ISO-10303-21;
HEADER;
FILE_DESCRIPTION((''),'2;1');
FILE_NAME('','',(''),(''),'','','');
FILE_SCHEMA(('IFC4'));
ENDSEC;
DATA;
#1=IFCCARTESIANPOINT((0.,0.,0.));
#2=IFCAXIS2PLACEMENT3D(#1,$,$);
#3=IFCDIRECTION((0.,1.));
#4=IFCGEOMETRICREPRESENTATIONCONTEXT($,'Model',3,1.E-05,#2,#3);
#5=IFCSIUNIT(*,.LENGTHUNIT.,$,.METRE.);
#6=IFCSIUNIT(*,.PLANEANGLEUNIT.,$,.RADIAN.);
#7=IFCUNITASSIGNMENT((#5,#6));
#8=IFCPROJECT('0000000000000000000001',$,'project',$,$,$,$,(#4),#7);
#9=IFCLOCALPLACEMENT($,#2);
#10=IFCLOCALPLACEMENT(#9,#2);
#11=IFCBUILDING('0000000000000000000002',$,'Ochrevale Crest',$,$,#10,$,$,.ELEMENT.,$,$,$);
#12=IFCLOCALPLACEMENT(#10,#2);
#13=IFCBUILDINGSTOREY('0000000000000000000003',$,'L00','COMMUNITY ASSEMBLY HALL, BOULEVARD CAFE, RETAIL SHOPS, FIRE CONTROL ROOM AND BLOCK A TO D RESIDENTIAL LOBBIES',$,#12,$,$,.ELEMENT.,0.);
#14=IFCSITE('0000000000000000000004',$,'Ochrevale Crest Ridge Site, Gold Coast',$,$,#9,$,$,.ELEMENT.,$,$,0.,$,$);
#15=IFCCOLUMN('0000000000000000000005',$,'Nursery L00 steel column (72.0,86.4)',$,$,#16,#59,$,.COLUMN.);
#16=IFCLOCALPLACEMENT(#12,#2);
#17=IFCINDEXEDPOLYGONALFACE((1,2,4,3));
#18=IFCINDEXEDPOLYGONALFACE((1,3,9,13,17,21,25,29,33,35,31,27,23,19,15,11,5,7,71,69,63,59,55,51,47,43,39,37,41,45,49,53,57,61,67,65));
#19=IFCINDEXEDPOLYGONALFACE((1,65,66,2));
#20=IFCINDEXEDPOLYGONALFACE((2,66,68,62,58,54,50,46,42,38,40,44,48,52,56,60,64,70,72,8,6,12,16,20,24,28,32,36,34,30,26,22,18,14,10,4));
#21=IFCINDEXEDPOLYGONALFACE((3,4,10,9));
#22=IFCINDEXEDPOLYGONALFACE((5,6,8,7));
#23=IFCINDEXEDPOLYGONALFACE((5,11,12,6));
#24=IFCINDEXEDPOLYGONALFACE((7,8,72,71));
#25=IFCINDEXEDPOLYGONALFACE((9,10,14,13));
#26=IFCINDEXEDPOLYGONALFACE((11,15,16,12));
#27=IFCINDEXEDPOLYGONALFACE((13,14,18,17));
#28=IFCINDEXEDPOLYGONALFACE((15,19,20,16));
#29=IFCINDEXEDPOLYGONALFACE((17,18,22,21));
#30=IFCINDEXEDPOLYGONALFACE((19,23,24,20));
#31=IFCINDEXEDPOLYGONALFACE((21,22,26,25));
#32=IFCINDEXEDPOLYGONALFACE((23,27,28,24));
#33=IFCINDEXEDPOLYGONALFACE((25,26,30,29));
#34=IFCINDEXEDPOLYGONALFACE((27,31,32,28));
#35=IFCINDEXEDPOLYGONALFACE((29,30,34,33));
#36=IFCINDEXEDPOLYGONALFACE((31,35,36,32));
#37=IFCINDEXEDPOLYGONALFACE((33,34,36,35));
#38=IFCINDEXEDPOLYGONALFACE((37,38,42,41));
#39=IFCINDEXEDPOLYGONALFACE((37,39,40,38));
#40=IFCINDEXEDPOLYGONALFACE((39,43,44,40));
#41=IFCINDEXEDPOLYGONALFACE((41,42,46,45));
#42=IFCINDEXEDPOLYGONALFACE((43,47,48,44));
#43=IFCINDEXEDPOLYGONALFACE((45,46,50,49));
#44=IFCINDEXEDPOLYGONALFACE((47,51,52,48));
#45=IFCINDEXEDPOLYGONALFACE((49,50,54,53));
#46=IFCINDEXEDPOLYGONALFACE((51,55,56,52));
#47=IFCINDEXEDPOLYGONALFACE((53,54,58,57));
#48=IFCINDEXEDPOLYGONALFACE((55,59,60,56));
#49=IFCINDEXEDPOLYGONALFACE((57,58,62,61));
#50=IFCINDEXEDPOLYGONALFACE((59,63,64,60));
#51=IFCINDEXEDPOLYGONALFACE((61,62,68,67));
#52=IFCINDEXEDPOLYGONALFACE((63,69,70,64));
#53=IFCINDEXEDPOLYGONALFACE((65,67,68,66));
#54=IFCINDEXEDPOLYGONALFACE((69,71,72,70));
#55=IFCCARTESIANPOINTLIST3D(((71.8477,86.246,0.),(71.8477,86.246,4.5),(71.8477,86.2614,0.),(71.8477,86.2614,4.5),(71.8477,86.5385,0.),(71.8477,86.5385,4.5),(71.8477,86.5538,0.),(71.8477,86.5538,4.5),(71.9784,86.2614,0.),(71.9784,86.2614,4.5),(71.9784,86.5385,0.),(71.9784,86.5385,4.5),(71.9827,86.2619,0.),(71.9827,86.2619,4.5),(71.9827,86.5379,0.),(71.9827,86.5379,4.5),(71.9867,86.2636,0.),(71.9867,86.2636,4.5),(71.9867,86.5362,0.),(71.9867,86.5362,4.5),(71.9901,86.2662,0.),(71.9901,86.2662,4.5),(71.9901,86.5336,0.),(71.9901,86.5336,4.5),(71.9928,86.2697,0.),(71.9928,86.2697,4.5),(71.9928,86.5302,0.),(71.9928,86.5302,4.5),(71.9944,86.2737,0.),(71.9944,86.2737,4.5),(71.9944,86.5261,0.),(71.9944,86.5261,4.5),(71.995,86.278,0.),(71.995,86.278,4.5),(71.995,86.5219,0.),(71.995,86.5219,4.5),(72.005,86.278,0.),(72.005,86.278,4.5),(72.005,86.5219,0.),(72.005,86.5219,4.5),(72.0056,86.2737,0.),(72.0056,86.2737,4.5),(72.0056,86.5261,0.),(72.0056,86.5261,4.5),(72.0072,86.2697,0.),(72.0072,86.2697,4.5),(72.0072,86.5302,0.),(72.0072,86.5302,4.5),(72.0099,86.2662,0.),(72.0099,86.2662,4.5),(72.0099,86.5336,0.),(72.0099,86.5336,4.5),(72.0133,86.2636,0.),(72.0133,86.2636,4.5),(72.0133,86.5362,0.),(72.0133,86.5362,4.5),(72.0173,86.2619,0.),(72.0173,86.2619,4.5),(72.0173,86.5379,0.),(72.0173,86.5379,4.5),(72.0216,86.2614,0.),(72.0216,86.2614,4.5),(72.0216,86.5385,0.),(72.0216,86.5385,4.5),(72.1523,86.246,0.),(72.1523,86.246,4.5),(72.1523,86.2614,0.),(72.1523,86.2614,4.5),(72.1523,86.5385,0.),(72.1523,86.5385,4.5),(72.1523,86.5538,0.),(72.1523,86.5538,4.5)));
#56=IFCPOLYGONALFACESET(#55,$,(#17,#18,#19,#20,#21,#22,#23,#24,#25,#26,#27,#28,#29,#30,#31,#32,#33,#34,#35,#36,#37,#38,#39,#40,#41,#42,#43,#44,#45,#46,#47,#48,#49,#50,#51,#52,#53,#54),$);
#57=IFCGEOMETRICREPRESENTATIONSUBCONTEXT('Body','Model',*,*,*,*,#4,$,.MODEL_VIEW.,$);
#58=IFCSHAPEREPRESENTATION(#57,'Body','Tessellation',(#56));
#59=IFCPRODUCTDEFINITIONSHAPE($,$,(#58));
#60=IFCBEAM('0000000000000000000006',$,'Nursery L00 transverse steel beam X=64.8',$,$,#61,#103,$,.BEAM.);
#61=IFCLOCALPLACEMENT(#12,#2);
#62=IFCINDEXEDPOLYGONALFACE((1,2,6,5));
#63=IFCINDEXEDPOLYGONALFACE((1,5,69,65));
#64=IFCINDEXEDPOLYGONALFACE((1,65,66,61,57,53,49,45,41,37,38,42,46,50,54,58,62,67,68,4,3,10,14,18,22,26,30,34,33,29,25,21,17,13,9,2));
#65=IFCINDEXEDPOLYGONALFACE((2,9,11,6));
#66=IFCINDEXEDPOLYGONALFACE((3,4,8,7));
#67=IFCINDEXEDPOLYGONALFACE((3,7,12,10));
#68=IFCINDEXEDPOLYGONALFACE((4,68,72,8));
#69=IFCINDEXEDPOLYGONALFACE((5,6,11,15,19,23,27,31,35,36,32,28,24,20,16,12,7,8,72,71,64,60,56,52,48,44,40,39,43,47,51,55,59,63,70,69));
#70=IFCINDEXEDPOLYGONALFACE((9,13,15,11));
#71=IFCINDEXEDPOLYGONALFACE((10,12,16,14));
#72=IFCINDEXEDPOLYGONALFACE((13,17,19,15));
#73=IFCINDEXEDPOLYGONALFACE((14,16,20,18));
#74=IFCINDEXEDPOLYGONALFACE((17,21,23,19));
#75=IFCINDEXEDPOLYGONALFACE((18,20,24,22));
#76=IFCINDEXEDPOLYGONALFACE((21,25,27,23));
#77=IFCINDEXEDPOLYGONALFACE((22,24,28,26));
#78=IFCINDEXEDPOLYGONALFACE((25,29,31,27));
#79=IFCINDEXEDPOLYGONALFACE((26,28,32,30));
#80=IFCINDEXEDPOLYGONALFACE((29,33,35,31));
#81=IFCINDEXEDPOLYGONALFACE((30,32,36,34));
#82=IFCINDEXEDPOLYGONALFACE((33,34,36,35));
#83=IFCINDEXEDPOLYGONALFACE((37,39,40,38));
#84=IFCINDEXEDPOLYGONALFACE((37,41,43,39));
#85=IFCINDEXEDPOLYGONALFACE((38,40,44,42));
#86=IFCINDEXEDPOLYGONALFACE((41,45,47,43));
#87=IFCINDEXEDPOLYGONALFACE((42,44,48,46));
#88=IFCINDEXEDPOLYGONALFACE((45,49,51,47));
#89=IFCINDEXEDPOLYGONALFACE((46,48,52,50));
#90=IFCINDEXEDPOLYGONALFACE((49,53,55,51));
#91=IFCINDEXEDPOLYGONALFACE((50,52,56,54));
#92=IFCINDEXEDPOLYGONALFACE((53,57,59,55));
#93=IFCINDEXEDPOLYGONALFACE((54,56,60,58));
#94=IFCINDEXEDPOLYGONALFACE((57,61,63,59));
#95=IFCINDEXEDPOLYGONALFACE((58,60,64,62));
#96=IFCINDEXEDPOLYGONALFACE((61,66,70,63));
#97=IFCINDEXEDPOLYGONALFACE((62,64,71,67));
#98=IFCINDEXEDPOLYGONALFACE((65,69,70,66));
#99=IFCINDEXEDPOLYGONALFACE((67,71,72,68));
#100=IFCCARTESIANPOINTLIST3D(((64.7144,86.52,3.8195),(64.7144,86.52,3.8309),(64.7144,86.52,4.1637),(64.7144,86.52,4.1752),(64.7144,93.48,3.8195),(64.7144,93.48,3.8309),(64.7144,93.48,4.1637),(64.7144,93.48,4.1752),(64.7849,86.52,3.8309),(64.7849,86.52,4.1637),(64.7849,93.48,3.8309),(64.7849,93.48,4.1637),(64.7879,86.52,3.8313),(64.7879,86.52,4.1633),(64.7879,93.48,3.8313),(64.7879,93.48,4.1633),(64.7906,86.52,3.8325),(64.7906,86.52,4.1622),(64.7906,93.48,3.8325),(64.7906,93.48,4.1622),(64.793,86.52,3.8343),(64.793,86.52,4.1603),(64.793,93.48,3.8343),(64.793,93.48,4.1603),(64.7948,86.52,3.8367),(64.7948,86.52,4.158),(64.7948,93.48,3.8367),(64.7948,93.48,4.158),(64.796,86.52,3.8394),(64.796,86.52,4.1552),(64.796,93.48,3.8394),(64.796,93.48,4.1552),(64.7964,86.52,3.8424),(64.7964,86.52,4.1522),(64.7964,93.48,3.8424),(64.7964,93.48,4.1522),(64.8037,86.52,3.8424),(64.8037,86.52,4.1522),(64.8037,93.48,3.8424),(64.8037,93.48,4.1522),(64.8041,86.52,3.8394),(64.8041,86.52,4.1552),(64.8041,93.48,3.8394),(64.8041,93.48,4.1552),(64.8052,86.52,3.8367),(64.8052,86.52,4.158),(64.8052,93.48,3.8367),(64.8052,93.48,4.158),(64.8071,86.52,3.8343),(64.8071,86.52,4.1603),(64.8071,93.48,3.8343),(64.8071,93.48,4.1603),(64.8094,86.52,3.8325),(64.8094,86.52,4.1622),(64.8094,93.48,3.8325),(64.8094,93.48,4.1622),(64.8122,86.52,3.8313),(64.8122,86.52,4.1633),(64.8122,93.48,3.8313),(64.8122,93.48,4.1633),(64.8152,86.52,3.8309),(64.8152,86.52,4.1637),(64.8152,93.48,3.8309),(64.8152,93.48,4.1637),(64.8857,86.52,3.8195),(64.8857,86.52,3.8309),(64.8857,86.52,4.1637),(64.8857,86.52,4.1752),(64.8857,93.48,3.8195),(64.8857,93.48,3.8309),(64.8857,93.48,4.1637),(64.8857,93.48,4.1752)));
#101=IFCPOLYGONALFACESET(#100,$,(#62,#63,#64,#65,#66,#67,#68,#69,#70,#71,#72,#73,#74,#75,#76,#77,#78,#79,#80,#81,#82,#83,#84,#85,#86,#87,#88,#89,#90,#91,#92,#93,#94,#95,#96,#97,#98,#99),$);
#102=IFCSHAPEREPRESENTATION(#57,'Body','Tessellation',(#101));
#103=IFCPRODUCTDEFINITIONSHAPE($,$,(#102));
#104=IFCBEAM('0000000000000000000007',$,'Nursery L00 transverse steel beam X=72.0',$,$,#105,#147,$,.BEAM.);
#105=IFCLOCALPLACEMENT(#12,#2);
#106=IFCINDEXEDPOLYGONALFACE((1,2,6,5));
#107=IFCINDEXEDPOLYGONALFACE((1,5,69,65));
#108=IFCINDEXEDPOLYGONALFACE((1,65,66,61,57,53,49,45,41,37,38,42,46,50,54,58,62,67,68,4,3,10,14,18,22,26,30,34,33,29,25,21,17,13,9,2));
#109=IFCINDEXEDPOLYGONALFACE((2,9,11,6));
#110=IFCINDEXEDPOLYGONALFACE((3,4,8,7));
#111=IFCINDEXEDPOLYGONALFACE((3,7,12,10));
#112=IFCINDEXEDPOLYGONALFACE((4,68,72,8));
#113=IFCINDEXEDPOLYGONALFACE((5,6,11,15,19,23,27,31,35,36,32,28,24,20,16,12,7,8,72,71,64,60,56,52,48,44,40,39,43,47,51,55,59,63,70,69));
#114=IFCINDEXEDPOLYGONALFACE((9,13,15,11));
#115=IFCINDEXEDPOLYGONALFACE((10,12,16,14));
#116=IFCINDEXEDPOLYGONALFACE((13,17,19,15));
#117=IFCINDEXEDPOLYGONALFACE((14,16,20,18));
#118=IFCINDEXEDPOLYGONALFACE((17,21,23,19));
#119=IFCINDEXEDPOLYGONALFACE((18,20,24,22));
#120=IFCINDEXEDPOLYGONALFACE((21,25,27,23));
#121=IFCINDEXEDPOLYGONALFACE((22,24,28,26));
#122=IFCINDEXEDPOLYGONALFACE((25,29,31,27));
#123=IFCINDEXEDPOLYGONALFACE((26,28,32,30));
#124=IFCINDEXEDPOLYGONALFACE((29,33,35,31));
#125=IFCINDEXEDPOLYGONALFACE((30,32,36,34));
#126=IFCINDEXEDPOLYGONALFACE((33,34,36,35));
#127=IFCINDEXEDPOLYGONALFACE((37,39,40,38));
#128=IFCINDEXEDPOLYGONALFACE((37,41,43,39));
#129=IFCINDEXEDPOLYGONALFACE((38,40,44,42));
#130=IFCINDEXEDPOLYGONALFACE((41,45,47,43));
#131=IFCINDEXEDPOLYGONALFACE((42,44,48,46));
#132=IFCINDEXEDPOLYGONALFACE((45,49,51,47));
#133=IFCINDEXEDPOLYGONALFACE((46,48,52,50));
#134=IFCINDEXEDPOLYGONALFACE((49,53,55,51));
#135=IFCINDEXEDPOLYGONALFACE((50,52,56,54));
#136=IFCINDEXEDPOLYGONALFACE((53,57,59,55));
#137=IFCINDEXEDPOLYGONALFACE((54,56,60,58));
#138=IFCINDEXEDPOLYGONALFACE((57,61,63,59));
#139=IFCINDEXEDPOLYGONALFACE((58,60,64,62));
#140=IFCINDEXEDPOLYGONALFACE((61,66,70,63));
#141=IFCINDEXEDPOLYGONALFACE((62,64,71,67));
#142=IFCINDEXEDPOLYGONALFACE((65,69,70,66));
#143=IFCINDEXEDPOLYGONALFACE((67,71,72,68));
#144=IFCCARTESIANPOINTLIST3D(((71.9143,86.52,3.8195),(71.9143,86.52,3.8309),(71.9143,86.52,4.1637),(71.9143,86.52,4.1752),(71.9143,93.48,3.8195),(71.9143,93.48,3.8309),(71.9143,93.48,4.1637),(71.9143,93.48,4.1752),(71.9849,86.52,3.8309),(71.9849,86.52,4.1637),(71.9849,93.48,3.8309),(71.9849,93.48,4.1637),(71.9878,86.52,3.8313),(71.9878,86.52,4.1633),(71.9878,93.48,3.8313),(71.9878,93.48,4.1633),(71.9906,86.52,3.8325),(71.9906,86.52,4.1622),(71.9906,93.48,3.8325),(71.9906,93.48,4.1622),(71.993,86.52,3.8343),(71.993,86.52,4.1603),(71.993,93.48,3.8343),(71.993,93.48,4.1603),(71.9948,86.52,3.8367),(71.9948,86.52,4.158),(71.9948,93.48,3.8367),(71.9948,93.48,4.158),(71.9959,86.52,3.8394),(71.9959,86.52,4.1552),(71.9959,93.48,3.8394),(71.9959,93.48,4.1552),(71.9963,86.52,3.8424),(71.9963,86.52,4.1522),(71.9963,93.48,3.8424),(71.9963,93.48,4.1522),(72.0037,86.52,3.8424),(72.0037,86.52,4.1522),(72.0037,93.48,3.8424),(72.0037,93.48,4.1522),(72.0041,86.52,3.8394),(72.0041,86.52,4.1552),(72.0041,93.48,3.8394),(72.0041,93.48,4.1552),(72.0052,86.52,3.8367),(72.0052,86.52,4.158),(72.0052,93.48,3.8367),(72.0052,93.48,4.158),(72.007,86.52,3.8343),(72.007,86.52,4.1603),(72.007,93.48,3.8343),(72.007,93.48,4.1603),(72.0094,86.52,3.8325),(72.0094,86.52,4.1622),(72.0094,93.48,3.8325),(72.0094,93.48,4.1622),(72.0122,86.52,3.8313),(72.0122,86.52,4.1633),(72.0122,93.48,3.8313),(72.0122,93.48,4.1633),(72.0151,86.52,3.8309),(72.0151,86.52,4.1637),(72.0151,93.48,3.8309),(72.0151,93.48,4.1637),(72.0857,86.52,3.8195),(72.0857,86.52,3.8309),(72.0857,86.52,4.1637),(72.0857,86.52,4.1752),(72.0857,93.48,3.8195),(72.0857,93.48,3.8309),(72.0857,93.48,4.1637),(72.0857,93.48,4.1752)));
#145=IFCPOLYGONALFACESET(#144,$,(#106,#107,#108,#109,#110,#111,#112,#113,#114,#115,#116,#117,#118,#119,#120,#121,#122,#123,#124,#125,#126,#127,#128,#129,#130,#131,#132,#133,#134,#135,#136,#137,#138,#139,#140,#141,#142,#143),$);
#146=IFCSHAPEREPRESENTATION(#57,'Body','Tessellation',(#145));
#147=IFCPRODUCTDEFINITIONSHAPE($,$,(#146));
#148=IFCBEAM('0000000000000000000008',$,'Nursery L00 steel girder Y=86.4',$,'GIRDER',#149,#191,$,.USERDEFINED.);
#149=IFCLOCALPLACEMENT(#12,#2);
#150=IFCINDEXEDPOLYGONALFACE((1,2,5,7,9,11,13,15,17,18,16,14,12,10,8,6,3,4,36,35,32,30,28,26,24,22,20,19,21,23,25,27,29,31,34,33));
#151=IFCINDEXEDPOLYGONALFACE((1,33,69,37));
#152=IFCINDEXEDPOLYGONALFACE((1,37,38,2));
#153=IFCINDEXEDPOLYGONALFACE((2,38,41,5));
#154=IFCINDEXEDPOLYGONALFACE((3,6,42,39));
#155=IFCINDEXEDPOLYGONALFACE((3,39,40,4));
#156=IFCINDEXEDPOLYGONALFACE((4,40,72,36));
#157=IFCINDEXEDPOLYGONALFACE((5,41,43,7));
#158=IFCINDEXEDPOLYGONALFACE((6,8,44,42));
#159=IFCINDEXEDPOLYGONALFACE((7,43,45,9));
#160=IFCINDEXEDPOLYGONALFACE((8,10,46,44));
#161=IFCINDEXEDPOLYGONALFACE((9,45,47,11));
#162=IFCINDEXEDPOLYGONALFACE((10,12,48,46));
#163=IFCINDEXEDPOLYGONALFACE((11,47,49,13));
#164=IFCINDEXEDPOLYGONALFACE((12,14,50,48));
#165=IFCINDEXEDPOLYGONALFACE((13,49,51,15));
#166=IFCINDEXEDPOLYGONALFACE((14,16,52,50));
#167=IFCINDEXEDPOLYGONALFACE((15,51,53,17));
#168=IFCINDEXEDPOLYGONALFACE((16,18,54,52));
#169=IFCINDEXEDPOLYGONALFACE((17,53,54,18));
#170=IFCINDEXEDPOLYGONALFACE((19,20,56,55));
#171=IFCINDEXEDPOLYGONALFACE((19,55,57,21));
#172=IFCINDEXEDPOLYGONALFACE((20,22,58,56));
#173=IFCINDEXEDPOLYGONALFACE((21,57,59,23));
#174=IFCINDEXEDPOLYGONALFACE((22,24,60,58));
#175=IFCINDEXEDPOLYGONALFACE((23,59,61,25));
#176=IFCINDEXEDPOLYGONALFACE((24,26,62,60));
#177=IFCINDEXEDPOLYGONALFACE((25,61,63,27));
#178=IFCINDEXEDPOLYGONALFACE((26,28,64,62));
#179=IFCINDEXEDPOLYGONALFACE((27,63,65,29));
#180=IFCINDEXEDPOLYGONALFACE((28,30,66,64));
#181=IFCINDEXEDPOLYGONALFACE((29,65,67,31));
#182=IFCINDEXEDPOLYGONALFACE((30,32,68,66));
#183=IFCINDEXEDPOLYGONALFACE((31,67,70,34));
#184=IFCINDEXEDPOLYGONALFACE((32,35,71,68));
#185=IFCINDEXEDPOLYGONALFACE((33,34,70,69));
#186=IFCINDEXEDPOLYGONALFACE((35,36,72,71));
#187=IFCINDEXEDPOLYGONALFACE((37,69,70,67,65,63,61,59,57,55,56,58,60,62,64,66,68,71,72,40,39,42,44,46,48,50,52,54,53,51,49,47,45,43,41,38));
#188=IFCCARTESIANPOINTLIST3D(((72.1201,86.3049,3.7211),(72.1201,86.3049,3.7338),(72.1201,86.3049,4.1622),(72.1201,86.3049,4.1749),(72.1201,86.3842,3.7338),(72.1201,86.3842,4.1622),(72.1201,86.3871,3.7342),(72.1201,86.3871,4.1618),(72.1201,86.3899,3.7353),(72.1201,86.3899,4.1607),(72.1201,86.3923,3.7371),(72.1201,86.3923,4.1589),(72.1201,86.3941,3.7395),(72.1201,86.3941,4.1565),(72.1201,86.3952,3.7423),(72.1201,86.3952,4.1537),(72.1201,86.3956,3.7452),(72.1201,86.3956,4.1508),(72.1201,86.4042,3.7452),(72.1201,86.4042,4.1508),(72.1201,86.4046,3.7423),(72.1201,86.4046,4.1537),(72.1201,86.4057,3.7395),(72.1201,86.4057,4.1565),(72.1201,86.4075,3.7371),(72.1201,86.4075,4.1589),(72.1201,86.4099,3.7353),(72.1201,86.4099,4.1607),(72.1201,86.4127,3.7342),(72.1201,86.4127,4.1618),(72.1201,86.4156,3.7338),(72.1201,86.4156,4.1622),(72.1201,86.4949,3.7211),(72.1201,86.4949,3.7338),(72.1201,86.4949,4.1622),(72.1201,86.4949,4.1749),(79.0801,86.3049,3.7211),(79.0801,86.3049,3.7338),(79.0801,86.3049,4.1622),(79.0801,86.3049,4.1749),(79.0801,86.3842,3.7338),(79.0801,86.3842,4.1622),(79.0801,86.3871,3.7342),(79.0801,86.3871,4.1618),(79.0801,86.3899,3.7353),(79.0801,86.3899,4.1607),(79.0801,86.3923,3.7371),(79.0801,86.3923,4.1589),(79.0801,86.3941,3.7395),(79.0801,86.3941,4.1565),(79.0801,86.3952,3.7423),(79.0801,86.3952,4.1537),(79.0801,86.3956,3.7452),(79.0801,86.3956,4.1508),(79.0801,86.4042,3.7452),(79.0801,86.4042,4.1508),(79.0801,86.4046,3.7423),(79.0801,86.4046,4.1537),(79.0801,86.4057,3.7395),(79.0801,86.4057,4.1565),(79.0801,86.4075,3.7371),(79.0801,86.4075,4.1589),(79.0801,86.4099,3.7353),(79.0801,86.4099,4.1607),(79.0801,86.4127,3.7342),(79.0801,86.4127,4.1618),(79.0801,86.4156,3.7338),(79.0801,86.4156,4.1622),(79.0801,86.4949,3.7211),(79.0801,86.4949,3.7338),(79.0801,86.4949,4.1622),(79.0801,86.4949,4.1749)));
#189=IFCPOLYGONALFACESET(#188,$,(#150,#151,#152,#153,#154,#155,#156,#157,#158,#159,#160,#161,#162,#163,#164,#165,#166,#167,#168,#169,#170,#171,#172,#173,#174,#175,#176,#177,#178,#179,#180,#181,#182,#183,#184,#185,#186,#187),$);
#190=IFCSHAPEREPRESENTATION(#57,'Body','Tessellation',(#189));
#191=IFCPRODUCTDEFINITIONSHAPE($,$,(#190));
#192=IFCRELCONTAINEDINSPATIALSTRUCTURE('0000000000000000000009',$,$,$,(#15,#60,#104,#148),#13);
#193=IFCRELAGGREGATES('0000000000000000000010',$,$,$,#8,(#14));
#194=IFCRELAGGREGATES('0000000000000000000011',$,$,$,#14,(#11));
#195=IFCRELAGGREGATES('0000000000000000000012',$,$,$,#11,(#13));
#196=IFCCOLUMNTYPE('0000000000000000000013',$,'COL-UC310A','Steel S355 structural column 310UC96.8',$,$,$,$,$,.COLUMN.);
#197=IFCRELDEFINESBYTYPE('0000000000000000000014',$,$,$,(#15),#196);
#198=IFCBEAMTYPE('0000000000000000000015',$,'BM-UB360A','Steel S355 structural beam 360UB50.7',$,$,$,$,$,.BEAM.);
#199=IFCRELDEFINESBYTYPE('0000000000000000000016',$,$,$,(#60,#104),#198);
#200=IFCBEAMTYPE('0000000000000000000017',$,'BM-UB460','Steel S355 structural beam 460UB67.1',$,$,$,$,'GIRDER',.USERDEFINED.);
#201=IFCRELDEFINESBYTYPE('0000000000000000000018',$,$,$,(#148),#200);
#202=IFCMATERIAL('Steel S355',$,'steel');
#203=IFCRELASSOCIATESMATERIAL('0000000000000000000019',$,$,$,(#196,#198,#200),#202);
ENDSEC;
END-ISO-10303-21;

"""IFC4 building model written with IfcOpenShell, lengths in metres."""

from ifc_helpers import new_model, si_unit, direction, frame, origin, origin_2d, place, context, subcontext, project, spatial, i_section, extrude, material, material_profile, profile_set, type_object, element, save


model = new_model("IFC4")

# Units and contexts
model_context = context("Model", 3, precision=1e-05, world=origin(), true_north=direction((0.0, 1.0)))
body_context = subcontext(model_context, "Body", "Model", "MODEL_VIEW")
ifc_project = project(units=[si_unit("LENGTHUNIT", "METRE"), si_unit("PLANEANGLEUNIT", "RADIAN")], contexts=[model_context])

# Site, building, storey
site_placement = place(None, origin())
site = spatial("IfcSite", under=ifc_project, at=site_placement, Name="Ochrevale Crest Ridge Site, Gold Coast", CompositionType="ELEMENT", RefElevation=0.0)
building_placement = place(site_placement, origin())
building = spatial("IfcBuilding", under=site, at=building_placement, Name="Ochrevale Crest", CompositionType="ELEMENT")
storey_placement = place(building_placement, origin())
storey = spatial("IfcBuildingStorey", under=building, at=storey_placement, Name="L00", Description="COMMUNITY ASSEMBLY HALL, BOULEVARD CAFE, RETAIL SHOPS, FIRE CONTROL ROOM AND BLOCK A TO D RESIDENTIAL LOBBIES", CompositionType="ELEMENT", Elevation=0.0)

# Column
ifc_material_1 = material(Name="Steel S355", Category="steel")
ifc_material_profile_1 = material_profile(ifc_material_1, i_section(OverallWidth=0.3047, OverallDepth=0.3079, WebThickness=0.01, FlangeThickness=0.0154, FilletRadius=0.0166, at=origin_2d()), Name="310UC96.8")
ifc_profile_set_1 = profile_set([ifc_material_profile_1], Name="Steel S355")
column_type_1 = type_object("IfcColumnType", Name="COL-UC310A", Description="Steel S355 structural column 310UC96.8", PredefinedType="COLUMN", material=ifc_profile_set_1)
column_placement = place(storey_placement, frame((72.0, 86.3999, 0.0), z_axis=(0.0, 0.0, 1.0), x_axis=(1.0, 0.0, 0.0)))
element("IfcColumn", 1, at=column_placement, inside=storey, type_object=column_type_1, Name="Nursery L00 steel column (72.0,86.4)", PredefinedType="COLUMN", context=body_context, shape_type="SweptSolid", body=[
    extrude(i_section(OverallWidth=0.3047, OverallDepth=0.3079, WebThickness=0.01, FlangeThickness=0.0154, FilletRadius=0.0166, at=origin_2d()), origin(), (0.0, 0.0, 1.0), 4.5),
])

# Beams
ifc_material_profile_2 = material_profile(ifc_material_1, i_section(OverallWidth=0.1714, OverallDepth=0.3557, WebThickness=0.0073, FlangeThickness=0.0115, FilletRadius=0.0115, at=origin_2d()), Name="360UB50.7")
ifc_profile_set_2 = profile_set([ifc_material_profile_2], Name="Steel S355")
beam_type_1 = type_object("IfcBeamType", Name="BM-UB360A", Description="Steel S355 structural beam 360UB50.7", PredefinedType="BEAM", material=ifc_profile_set_2)
for number, where, z_axis, x_axis, name in (
    (2, (64.8, 86.52, 3.9973), (0.0, 1.0, 0.0), (-1.0, 0.0, 0.0), "Nursery L00 transverse steel beam X=64.8"),
    (3, (72.0, 86.52, 3.9973), (0.0, 1.0, 0.0), (-1.0, 0.0, 0.0), "Nursery L00 transverse steel beam X=72.0"),
):
    element("IfcBeam", number, at=place(storey_placement, frame(where, z_axis=z_axis, x_axis=x_axis)), inside=storey, type_object=beam_type_1, Name=name, PredefinedType="BEAM", context=body_context, shape_type="SweptSolid", body=[
        extrude(i_section(OverallWidth=0.1714, OverallDepth=0.3557, WebThickness=0.0073, FlangeThickness=0.0115, FilletRadius=0.0115, at=origin_2d()), origin(), (0.0, 0.0, 1.0), 6.96),
    ])
ifc_material_profile_3 = material_profile(ifc_material_1, i_section(OverallWidth=0.1899, OverallDepth=0.4539, WebThickness=0.0085, FlangeThickness=0.0127, FilletRadius=0.0115, at=origin_2d()), Name="460UB67.1")
ifc_profile_set_3 = profile_set([ifc_material_profile_3], Name="Steel S355")
beam_type_2 = type_object("IfcBeamType", Name="BM-UB460", Description="Steel S355 structural beam 460UB67.1", ElementType="GIRDER", PredefinedType="USERDEFINED", material=ifc_profile_set_3)
for number, where, z_axis, x_axis, name in (
    (4, (72.1201, 86.3999, 3.948), (1.0, 0.0, 0.0), (0.0, 1.0, 0.0), "Nursery L00 steel girder Y=86.4"),
):
    element("IfcBeam", number, at=place(storey_placement, frame(where, z_axis=z_axis, x_axis=x_axis)), inside=storey, type_object=beam_type_2, Name=name, ObjectType="GIRDER", PredefinedType="USERDEFINED", context=body_context, shape_type="SweptSolid", body=[
        extrude(i_section(OverallWidth=0.1899, OverallDepth=0.4539, WebThickness=0.0085, FlangeThickness=0.0127, FilletRadius=0.0115, at=origin_2d()), origin(), (0.0, 0.0, 1.0), 6.96),
    ])

save(model, "model.ifc")
